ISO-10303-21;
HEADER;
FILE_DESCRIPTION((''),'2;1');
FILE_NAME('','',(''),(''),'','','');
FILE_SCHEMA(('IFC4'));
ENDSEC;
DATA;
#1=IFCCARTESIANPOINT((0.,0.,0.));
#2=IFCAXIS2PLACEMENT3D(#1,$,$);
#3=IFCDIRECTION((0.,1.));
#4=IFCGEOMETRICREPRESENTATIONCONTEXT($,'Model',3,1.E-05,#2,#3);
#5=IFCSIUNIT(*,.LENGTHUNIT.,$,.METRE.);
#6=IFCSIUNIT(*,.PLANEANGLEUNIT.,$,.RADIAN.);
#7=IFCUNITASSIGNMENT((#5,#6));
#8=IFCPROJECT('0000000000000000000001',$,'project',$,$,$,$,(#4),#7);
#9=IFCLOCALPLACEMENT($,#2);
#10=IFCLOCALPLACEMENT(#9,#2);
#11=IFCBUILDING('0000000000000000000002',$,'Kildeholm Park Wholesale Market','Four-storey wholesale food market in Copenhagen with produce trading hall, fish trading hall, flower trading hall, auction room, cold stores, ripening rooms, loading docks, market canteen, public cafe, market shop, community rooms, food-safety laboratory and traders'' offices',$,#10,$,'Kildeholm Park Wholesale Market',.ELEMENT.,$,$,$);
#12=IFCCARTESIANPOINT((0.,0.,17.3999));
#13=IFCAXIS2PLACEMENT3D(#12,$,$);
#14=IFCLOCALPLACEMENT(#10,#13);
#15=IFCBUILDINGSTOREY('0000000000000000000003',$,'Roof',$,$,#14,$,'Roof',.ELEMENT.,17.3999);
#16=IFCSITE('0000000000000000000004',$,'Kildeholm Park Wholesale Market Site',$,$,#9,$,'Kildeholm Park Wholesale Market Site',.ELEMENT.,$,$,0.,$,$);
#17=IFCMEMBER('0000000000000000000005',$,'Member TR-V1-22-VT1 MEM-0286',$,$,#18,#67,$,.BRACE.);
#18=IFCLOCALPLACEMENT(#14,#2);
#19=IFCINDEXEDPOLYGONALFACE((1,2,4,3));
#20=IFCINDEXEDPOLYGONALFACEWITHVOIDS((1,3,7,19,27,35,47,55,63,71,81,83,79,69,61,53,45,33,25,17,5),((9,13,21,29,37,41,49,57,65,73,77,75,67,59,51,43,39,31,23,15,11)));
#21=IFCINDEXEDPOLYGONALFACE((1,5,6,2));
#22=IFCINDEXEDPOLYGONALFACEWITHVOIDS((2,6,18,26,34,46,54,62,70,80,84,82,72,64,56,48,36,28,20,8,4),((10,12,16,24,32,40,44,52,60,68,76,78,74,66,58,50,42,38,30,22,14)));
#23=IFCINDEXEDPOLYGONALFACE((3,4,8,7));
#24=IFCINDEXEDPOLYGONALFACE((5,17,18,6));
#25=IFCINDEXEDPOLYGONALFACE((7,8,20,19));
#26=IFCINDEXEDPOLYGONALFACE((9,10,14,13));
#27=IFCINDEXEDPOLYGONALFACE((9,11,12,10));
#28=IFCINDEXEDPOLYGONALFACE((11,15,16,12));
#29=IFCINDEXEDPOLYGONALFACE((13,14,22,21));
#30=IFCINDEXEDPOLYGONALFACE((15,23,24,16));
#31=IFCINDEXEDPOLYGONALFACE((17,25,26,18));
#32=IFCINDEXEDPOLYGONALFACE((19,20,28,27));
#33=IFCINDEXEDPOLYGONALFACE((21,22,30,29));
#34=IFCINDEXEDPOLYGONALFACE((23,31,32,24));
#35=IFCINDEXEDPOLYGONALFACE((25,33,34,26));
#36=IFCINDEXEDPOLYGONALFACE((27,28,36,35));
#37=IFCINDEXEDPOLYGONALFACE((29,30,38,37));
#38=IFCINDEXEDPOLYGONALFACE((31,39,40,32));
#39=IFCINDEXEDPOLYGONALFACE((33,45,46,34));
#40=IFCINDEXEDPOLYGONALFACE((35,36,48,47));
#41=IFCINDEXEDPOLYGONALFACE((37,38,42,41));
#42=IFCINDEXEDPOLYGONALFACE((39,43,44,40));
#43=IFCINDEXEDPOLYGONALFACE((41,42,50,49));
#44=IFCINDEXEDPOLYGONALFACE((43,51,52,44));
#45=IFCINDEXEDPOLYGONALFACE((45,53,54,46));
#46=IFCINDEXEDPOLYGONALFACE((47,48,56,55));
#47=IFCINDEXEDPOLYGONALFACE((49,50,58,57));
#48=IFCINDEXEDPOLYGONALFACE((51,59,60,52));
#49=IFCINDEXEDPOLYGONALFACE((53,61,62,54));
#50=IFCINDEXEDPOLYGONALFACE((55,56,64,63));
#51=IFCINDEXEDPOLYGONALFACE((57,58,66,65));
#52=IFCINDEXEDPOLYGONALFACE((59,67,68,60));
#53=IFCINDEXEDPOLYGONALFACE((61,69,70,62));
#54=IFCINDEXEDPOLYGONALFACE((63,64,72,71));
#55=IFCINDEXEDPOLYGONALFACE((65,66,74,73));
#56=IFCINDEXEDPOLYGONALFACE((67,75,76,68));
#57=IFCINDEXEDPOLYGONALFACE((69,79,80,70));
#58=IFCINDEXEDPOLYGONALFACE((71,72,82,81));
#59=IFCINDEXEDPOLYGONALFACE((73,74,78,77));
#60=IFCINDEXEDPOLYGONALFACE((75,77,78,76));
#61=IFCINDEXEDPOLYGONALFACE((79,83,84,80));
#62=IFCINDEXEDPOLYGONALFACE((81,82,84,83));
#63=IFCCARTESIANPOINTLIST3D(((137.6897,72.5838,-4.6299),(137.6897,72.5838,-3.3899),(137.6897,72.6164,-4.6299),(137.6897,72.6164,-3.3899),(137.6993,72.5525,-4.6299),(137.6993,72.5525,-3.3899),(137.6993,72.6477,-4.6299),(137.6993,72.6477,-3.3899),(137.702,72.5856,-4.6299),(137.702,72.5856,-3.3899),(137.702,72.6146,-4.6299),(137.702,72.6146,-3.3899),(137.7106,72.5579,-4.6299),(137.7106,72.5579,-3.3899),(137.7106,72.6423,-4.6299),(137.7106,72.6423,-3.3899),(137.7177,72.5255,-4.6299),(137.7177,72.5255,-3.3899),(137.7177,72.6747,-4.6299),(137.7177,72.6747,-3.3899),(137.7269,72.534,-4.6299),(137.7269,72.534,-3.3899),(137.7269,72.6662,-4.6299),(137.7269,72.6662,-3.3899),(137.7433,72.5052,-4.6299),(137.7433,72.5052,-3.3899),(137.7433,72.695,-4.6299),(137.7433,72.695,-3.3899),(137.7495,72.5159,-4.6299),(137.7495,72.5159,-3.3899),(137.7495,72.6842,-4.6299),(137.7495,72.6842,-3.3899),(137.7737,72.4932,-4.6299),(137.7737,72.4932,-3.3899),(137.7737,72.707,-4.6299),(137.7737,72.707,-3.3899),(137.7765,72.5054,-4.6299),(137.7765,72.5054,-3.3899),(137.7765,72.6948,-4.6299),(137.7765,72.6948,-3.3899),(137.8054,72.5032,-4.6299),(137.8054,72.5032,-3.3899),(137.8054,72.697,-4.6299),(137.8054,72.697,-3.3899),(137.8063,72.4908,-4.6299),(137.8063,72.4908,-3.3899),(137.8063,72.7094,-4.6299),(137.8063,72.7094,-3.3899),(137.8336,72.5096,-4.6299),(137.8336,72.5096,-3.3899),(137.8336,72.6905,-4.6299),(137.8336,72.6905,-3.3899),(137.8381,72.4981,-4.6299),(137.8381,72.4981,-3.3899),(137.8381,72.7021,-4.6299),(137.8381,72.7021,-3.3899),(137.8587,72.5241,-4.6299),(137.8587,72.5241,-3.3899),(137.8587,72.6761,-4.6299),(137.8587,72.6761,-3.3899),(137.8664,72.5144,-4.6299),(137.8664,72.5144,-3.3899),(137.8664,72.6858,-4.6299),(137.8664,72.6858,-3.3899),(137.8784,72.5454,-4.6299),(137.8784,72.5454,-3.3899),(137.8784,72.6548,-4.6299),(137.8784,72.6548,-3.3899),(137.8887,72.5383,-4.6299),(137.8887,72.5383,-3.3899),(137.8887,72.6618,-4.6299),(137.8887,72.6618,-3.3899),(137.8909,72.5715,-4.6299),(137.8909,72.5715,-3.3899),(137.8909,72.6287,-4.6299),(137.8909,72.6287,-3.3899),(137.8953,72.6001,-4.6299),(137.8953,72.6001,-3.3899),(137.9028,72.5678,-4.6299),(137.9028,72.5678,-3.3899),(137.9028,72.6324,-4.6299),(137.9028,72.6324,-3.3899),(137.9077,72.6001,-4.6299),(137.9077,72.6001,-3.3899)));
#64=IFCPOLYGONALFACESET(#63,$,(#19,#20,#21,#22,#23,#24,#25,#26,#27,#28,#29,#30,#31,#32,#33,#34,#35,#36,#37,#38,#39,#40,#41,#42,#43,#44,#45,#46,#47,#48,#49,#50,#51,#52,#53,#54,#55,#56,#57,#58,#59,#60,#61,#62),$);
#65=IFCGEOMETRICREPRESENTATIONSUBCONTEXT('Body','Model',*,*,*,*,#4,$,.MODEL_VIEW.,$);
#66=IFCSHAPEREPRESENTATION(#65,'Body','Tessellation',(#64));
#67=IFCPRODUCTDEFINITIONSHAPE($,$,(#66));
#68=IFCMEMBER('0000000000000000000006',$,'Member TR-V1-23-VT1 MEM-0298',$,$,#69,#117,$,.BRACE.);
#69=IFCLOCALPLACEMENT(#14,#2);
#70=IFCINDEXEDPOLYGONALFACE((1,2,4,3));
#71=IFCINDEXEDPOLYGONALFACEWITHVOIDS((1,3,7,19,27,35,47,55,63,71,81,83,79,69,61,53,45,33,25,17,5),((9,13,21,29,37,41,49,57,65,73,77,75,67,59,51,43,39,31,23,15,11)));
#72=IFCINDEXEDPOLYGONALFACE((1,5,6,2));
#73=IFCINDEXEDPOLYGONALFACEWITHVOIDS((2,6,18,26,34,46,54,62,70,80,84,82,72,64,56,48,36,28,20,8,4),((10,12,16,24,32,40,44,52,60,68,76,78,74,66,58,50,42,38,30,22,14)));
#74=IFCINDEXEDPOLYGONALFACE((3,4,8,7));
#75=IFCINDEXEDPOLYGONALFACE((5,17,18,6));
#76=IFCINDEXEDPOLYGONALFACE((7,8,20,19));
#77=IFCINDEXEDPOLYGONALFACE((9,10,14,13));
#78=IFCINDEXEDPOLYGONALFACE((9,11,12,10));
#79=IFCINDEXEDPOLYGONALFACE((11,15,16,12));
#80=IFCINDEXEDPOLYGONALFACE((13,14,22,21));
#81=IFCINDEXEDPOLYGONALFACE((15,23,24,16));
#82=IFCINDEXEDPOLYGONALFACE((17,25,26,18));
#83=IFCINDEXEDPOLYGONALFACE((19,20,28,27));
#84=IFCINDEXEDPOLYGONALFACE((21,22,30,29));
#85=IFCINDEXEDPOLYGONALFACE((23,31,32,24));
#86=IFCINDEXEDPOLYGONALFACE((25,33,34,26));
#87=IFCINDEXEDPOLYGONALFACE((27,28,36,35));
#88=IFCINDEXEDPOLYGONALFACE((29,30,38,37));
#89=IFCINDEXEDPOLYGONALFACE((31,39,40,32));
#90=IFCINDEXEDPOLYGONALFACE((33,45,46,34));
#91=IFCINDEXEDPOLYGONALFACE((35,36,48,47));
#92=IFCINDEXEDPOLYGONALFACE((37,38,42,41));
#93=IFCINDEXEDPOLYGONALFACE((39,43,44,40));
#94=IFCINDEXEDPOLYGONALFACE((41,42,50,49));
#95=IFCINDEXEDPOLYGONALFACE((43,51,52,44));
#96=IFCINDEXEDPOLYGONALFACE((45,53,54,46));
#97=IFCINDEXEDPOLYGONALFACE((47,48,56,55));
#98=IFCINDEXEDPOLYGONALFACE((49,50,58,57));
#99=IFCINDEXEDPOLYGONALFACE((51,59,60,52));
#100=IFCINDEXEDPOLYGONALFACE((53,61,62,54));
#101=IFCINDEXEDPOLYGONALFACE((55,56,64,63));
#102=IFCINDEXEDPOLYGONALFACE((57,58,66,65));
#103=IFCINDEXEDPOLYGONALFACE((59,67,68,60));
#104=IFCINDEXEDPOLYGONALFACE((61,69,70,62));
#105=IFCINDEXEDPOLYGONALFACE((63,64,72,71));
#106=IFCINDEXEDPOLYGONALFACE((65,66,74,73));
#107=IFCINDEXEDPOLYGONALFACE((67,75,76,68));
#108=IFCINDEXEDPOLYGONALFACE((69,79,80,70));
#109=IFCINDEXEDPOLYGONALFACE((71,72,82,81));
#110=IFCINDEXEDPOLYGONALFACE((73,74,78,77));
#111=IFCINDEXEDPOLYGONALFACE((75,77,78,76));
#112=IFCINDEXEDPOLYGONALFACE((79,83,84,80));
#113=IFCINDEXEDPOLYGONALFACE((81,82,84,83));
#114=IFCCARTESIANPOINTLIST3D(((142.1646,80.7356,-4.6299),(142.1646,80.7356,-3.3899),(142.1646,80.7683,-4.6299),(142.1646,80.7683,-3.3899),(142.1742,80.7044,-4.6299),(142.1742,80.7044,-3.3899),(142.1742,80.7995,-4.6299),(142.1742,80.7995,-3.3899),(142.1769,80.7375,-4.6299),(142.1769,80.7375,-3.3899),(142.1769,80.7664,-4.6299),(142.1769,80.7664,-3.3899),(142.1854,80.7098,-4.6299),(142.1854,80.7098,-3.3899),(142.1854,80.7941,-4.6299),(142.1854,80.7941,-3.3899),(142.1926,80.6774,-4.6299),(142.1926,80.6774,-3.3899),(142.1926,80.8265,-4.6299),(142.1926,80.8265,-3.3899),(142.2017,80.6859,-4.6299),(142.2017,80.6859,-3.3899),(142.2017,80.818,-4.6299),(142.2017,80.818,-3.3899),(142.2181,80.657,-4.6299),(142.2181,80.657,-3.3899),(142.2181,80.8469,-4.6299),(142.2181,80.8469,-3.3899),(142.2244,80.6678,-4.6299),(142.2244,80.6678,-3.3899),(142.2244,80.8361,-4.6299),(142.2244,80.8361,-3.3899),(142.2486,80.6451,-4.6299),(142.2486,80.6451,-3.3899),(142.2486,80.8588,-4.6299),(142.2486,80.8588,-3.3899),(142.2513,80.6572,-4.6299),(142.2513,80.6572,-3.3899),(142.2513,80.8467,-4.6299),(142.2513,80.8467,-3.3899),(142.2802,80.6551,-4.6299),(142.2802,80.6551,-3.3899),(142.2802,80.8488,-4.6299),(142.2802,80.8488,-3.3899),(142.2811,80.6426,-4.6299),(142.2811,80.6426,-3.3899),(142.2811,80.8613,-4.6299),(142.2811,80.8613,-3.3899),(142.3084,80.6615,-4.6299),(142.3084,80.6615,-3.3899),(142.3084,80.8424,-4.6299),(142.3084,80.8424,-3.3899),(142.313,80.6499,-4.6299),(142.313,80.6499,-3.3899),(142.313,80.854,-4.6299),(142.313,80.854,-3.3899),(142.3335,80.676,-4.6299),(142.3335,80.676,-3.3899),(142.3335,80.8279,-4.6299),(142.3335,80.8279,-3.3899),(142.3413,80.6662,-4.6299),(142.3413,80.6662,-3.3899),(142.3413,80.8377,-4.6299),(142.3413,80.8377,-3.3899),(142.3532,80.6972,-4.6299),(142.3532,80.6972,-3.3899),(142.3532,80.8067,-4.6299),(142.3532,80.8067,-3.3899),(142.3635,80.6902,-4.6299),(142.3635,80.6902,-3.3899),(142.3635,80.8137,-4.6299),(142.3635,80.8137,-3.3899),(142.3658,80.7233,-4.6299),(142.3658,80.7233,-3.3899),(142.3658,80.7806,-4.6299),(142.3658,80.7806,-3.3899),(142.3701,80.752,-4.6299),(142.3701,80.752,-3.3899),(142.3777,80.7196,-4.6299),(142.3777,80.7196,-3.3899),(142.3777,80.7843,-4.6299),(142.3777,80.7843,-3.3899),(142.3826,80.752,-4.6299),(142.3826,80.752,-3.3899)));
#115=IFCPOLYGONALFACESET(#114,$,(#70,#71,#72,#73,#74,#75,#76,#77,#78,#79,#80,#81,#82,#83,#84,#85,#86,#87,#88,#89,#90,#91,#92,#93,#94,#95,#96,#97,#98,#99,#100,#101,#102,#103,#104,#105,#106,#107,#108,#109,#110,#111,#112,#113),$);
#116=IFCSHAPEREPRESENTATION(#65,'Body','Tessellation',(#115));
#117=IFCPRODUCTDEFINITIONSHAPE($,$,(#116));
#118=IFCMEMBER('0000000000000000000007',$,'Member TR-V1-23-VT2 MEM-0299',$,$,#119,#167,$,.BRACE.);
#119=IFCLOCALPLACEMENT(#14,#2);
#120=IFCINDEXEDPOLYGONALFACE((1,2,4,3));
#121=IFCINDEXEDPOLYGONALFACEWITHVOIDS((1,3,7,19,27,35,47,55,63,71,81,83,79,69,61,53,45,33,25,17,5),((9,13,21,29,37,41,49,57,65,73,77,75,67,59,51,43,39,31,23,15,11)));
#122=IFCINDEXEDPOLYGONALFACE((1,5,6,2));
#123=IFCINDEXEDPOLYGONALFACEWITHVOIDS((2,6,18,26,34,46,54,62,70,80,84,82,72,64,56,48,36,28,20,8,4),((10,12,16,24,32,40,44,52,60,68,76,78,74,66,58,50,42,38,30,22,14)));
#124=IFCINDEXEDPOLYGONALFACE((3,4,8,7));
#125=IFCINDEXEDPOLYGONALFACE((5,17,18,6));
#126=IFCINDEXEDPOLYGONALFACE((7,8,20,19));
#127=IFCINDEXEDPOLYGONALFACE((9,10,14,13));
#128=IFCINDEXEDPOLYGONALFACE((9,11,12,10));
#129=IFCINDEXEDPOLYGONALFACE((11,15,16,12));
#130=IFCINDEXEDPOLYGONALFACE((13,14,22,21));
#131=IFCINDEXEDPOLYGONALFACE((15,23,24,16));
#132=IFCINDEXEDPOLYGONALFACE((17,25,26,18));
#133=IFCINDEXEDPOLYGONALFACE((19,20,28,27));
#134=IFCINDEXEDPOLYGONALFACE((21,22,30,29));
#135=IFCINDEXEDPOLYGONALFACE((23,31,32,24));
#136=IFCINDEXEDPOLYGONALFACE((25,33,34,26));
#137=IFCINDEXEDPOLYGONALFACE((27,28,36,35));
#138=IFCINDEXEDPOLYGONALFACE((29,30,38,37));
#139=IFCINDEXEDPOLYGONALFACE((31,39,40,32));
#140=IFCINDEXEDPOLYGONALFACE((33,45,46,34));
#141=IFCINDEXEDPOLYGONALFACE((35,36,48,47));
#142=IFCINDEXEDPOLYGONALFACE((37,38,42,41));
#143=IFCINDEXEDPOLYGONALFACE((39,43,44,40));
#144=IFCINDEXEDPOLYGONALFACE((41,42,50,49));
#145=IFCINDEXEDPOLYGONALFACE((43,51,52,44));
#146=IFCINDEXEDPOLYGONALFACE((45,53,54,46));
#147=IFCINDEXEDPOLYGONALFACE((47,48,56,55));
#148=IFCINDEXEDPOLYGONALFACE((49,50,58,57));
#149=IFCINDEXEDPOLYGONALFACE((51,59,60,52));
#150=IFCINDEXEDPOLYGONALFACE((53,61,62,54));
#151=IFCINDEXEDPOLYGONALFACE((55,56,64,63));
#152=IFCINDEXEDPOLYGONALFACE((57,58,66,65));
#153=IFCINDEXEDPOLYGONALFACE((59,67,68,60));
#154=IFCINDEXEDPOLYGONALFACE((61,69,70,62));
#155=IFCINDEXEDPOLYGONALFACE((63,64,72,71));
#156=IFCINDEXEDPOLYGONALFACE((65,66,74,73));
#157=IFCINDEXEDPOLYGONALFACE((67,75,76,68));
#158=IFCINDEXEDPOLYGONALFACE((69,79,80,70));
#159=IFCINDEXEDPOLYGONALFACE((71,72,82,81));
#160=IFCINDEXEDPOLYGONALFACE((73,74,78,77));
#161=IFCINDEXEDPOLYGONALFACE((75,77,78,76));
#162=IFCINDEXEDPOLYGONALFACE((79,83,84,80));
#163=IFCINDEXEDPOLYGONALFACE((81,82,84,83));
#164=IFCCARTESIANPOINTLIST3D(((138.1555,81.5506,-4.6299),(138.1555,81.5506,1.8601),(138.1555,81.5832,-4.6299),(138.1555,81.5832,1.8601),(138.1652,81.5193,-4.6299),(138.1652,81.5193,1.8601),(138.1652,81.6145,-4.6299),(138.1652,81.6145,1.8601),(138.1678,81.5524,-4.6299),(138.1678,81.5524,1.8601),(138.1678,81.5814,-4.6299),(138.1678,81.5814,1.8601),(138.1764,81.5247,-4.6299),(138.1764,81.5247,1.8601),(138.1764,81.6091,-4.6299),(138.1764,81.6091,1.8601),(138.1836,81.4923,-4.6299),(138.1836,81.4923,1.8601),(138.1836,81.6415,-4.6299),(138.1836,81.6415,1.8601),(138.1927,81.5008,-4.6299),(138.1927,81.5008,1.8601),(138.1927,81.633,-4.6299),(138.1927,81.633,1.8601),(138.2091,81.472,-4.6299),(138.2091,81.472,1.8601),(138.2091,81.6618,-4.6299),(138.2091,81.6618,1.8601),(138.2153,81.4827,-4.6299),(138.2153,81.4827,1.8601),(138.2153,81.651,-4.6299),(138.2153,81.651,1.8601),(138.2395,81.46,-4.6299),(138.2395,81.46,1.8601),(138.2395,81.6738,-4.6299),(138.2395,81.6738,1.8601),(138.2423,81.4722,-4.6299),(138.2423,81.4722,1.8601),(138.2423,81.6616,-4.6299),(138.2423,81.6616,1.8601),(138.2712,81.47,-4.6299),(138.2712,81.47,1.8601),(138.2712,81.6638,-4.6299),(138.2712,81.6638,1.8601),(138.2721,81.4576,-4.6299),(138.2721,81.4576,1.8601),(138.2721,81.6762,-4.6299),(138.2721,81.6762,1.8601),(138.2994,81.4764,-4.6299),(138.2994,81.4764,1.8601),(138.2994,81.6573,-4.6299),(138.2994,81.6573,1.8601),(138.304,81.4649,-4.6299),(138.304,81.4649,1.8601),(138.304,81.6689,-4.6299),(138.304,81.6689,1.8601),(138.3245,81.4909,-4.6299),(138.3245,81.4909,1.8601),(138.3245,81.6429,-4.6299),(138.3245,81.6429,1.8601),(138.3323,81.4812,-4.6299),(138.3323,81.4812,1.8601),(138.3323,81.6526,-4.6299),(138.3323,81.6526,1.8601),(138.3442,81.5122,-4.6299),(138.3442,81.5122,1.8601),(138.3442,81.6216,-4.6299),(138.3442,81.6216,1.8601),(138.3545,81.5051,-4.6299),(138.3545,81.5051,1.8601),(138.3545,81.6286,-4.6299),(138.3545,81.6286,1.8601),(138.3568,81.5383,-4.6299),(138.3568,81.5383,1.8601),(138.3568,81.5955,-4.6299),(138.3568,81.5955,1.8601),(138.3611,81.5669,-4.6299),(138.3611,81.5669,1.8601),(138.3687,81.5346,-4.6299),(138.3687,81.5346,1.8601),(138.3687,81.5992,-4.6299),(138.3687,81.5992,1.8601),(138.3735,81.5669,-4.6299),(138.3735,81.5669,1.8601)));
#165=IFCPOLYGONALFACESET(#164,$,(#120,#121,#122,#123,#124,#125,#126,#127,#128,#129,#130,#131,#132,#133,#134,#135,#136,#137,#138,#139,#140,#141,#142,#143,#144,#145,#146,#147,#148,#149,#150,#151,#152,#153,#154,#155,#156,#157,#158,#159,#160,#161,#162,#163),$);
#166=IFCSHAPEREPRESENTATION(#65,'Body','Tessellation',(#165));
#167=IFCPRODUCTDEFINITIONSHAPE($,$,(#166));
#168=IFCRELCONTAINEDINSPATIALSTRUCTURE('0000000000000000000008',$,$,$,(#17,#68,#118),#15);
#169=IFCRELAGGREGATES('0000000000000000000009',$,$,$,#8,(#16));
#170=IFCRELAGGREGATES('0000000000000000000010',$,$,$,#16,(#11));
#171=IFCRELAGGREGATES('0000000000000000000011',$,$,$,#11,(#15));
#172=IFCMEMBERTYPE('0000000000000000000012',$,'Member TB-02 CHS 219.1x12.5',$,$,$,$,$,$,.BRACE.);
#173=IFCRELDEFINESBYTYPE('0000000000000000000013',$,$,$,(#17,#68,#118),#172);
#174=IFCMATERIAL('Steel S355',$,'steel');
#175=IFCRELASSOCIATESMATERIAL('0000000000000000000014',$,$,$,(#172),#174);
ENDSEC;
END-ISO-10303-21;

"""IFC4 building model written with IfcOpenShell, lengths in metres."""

from ifc_helpers import new_model, si_unit, direction, frame, origin, origin_2d, place, context, subcontext, project, spatial, hollow_circle, extrude, material, material_profile, profile_set, type_object, element, save


model = new_model("IFC4")

# Units and contexts
model_context = context("Model", 3, precision=1e-05, world=origin(), true_north=direction((0.0, 1.0)))
body_context = subcontext(model_context, "Body", "Model", "MODEL_VIEW")
ifc_project = project(units=[si_unit("LENGTHUNIT", "METRE"), si_unit("PLANEANGLEUNIT", "RADIAN")], contexts=[model_context])

# Site, building, storey
site_placement = place(None, origin())
site = spatial("IfcSite", under=ifc_project, at=site_placement, Name="Kildeholm Park Wholesale Market Site", LongName="Kildeholm Park Wholesale Market Site", CompositionType="ELEMENT", RefElevation=0.0)
building_placement = place(site_placement, origin())
building = spatial("IfcBuilding", under=site, at=building_placement, Name="Kildeholm Park Wholesale Market", Description="Four-storey wholesale food market in Copenhagen with produce trading hall, fish trading hall, flower trading hall, auction room, cold stores, ripening rooms, loading docks, market canteen, public cafe, market shop, community rooms, food-safety laboratory and traders' offices", LongName="Kildeholm Park Wholesale Market", CompositionType="ELEMENT")
storey_placement = place(building_placement, frame((0.0, 0.0, 17.3999)))
storey = spatial("IfcBuildingStorey", under=building, at=storey_placement, Name="Roof", LongName="Roof", CompositionType="ELEMENT", Elevation=17.3999)

# Members
ifc_material_1 = material(Name="Steel S355", Category="steel")
ifc_material_profile_1 = material_profile(ifc_material_1, hollow_circle(Radius=0.1096, WallThickness=0.0125, at=origin_2d()), Name="CHS 219.1x12.5")
ifc_profile_set_1 = profile_set([ifc_material_profile_1], Name="Steel S355")
member_type_1 = type_object("IfcMemberType", Name="Member TB-02 CHS 219.1x12.5", PredefinedType="BRACE", material=ifc_profile_set_1)
for number, where, z_axis, x_axis, name in (
    (1, (137.7981, 72.6001, -4.6299), (0.0, 0.0, 1.0), (1.0, 0.0, 0.0), "Member TR-V1-22-VT1 MEM-0286"),
    (2, (142.2729, 80.752, -4.6299), (0.0, 0.0, 1.0), (1.0, 0.0, 0.0), "Member TR-V1-23-VT1 MEM-0298"),
):
    element("IfcMember", number, at=place(storey_placement, frame(where, z_axis=z_axis, x_axis=x_axis)), inside=storey, type_object=member_type_1, Name=name, PredefinedType="BRACE", context=body_context, shape_type="SweptSolid", body=[
        extrude(hollow_circle(Radius=0.1096, WallThickness=0.0125, at=origin_2d()), origin(), (0.0, 0.0, 1.0), 1.24),
    ])
member_1_placement = place(storey_placement, frame((138.2639, 81.5669, -4.6299), z_axis=(0.0, 0.0, 1.0), x_axis=(1.0, 0.0, 0.0)))
element("IfcMember", 3, at=member_1_placement, inside=storey, type_object=member_type_1, Name="Member TR-V1-23-VT2 MEM-0299", PredefinedType="BRACE", context=body_context, shape_type="SweptSolid", body=[
    extrude(hollow_circle(Radius=0.1096, WallThickness=0.0125, at=origin_2d()), origin(), (0.0, 0.0, 1.0), 6.49),
])

save(model, "model.ifc")
